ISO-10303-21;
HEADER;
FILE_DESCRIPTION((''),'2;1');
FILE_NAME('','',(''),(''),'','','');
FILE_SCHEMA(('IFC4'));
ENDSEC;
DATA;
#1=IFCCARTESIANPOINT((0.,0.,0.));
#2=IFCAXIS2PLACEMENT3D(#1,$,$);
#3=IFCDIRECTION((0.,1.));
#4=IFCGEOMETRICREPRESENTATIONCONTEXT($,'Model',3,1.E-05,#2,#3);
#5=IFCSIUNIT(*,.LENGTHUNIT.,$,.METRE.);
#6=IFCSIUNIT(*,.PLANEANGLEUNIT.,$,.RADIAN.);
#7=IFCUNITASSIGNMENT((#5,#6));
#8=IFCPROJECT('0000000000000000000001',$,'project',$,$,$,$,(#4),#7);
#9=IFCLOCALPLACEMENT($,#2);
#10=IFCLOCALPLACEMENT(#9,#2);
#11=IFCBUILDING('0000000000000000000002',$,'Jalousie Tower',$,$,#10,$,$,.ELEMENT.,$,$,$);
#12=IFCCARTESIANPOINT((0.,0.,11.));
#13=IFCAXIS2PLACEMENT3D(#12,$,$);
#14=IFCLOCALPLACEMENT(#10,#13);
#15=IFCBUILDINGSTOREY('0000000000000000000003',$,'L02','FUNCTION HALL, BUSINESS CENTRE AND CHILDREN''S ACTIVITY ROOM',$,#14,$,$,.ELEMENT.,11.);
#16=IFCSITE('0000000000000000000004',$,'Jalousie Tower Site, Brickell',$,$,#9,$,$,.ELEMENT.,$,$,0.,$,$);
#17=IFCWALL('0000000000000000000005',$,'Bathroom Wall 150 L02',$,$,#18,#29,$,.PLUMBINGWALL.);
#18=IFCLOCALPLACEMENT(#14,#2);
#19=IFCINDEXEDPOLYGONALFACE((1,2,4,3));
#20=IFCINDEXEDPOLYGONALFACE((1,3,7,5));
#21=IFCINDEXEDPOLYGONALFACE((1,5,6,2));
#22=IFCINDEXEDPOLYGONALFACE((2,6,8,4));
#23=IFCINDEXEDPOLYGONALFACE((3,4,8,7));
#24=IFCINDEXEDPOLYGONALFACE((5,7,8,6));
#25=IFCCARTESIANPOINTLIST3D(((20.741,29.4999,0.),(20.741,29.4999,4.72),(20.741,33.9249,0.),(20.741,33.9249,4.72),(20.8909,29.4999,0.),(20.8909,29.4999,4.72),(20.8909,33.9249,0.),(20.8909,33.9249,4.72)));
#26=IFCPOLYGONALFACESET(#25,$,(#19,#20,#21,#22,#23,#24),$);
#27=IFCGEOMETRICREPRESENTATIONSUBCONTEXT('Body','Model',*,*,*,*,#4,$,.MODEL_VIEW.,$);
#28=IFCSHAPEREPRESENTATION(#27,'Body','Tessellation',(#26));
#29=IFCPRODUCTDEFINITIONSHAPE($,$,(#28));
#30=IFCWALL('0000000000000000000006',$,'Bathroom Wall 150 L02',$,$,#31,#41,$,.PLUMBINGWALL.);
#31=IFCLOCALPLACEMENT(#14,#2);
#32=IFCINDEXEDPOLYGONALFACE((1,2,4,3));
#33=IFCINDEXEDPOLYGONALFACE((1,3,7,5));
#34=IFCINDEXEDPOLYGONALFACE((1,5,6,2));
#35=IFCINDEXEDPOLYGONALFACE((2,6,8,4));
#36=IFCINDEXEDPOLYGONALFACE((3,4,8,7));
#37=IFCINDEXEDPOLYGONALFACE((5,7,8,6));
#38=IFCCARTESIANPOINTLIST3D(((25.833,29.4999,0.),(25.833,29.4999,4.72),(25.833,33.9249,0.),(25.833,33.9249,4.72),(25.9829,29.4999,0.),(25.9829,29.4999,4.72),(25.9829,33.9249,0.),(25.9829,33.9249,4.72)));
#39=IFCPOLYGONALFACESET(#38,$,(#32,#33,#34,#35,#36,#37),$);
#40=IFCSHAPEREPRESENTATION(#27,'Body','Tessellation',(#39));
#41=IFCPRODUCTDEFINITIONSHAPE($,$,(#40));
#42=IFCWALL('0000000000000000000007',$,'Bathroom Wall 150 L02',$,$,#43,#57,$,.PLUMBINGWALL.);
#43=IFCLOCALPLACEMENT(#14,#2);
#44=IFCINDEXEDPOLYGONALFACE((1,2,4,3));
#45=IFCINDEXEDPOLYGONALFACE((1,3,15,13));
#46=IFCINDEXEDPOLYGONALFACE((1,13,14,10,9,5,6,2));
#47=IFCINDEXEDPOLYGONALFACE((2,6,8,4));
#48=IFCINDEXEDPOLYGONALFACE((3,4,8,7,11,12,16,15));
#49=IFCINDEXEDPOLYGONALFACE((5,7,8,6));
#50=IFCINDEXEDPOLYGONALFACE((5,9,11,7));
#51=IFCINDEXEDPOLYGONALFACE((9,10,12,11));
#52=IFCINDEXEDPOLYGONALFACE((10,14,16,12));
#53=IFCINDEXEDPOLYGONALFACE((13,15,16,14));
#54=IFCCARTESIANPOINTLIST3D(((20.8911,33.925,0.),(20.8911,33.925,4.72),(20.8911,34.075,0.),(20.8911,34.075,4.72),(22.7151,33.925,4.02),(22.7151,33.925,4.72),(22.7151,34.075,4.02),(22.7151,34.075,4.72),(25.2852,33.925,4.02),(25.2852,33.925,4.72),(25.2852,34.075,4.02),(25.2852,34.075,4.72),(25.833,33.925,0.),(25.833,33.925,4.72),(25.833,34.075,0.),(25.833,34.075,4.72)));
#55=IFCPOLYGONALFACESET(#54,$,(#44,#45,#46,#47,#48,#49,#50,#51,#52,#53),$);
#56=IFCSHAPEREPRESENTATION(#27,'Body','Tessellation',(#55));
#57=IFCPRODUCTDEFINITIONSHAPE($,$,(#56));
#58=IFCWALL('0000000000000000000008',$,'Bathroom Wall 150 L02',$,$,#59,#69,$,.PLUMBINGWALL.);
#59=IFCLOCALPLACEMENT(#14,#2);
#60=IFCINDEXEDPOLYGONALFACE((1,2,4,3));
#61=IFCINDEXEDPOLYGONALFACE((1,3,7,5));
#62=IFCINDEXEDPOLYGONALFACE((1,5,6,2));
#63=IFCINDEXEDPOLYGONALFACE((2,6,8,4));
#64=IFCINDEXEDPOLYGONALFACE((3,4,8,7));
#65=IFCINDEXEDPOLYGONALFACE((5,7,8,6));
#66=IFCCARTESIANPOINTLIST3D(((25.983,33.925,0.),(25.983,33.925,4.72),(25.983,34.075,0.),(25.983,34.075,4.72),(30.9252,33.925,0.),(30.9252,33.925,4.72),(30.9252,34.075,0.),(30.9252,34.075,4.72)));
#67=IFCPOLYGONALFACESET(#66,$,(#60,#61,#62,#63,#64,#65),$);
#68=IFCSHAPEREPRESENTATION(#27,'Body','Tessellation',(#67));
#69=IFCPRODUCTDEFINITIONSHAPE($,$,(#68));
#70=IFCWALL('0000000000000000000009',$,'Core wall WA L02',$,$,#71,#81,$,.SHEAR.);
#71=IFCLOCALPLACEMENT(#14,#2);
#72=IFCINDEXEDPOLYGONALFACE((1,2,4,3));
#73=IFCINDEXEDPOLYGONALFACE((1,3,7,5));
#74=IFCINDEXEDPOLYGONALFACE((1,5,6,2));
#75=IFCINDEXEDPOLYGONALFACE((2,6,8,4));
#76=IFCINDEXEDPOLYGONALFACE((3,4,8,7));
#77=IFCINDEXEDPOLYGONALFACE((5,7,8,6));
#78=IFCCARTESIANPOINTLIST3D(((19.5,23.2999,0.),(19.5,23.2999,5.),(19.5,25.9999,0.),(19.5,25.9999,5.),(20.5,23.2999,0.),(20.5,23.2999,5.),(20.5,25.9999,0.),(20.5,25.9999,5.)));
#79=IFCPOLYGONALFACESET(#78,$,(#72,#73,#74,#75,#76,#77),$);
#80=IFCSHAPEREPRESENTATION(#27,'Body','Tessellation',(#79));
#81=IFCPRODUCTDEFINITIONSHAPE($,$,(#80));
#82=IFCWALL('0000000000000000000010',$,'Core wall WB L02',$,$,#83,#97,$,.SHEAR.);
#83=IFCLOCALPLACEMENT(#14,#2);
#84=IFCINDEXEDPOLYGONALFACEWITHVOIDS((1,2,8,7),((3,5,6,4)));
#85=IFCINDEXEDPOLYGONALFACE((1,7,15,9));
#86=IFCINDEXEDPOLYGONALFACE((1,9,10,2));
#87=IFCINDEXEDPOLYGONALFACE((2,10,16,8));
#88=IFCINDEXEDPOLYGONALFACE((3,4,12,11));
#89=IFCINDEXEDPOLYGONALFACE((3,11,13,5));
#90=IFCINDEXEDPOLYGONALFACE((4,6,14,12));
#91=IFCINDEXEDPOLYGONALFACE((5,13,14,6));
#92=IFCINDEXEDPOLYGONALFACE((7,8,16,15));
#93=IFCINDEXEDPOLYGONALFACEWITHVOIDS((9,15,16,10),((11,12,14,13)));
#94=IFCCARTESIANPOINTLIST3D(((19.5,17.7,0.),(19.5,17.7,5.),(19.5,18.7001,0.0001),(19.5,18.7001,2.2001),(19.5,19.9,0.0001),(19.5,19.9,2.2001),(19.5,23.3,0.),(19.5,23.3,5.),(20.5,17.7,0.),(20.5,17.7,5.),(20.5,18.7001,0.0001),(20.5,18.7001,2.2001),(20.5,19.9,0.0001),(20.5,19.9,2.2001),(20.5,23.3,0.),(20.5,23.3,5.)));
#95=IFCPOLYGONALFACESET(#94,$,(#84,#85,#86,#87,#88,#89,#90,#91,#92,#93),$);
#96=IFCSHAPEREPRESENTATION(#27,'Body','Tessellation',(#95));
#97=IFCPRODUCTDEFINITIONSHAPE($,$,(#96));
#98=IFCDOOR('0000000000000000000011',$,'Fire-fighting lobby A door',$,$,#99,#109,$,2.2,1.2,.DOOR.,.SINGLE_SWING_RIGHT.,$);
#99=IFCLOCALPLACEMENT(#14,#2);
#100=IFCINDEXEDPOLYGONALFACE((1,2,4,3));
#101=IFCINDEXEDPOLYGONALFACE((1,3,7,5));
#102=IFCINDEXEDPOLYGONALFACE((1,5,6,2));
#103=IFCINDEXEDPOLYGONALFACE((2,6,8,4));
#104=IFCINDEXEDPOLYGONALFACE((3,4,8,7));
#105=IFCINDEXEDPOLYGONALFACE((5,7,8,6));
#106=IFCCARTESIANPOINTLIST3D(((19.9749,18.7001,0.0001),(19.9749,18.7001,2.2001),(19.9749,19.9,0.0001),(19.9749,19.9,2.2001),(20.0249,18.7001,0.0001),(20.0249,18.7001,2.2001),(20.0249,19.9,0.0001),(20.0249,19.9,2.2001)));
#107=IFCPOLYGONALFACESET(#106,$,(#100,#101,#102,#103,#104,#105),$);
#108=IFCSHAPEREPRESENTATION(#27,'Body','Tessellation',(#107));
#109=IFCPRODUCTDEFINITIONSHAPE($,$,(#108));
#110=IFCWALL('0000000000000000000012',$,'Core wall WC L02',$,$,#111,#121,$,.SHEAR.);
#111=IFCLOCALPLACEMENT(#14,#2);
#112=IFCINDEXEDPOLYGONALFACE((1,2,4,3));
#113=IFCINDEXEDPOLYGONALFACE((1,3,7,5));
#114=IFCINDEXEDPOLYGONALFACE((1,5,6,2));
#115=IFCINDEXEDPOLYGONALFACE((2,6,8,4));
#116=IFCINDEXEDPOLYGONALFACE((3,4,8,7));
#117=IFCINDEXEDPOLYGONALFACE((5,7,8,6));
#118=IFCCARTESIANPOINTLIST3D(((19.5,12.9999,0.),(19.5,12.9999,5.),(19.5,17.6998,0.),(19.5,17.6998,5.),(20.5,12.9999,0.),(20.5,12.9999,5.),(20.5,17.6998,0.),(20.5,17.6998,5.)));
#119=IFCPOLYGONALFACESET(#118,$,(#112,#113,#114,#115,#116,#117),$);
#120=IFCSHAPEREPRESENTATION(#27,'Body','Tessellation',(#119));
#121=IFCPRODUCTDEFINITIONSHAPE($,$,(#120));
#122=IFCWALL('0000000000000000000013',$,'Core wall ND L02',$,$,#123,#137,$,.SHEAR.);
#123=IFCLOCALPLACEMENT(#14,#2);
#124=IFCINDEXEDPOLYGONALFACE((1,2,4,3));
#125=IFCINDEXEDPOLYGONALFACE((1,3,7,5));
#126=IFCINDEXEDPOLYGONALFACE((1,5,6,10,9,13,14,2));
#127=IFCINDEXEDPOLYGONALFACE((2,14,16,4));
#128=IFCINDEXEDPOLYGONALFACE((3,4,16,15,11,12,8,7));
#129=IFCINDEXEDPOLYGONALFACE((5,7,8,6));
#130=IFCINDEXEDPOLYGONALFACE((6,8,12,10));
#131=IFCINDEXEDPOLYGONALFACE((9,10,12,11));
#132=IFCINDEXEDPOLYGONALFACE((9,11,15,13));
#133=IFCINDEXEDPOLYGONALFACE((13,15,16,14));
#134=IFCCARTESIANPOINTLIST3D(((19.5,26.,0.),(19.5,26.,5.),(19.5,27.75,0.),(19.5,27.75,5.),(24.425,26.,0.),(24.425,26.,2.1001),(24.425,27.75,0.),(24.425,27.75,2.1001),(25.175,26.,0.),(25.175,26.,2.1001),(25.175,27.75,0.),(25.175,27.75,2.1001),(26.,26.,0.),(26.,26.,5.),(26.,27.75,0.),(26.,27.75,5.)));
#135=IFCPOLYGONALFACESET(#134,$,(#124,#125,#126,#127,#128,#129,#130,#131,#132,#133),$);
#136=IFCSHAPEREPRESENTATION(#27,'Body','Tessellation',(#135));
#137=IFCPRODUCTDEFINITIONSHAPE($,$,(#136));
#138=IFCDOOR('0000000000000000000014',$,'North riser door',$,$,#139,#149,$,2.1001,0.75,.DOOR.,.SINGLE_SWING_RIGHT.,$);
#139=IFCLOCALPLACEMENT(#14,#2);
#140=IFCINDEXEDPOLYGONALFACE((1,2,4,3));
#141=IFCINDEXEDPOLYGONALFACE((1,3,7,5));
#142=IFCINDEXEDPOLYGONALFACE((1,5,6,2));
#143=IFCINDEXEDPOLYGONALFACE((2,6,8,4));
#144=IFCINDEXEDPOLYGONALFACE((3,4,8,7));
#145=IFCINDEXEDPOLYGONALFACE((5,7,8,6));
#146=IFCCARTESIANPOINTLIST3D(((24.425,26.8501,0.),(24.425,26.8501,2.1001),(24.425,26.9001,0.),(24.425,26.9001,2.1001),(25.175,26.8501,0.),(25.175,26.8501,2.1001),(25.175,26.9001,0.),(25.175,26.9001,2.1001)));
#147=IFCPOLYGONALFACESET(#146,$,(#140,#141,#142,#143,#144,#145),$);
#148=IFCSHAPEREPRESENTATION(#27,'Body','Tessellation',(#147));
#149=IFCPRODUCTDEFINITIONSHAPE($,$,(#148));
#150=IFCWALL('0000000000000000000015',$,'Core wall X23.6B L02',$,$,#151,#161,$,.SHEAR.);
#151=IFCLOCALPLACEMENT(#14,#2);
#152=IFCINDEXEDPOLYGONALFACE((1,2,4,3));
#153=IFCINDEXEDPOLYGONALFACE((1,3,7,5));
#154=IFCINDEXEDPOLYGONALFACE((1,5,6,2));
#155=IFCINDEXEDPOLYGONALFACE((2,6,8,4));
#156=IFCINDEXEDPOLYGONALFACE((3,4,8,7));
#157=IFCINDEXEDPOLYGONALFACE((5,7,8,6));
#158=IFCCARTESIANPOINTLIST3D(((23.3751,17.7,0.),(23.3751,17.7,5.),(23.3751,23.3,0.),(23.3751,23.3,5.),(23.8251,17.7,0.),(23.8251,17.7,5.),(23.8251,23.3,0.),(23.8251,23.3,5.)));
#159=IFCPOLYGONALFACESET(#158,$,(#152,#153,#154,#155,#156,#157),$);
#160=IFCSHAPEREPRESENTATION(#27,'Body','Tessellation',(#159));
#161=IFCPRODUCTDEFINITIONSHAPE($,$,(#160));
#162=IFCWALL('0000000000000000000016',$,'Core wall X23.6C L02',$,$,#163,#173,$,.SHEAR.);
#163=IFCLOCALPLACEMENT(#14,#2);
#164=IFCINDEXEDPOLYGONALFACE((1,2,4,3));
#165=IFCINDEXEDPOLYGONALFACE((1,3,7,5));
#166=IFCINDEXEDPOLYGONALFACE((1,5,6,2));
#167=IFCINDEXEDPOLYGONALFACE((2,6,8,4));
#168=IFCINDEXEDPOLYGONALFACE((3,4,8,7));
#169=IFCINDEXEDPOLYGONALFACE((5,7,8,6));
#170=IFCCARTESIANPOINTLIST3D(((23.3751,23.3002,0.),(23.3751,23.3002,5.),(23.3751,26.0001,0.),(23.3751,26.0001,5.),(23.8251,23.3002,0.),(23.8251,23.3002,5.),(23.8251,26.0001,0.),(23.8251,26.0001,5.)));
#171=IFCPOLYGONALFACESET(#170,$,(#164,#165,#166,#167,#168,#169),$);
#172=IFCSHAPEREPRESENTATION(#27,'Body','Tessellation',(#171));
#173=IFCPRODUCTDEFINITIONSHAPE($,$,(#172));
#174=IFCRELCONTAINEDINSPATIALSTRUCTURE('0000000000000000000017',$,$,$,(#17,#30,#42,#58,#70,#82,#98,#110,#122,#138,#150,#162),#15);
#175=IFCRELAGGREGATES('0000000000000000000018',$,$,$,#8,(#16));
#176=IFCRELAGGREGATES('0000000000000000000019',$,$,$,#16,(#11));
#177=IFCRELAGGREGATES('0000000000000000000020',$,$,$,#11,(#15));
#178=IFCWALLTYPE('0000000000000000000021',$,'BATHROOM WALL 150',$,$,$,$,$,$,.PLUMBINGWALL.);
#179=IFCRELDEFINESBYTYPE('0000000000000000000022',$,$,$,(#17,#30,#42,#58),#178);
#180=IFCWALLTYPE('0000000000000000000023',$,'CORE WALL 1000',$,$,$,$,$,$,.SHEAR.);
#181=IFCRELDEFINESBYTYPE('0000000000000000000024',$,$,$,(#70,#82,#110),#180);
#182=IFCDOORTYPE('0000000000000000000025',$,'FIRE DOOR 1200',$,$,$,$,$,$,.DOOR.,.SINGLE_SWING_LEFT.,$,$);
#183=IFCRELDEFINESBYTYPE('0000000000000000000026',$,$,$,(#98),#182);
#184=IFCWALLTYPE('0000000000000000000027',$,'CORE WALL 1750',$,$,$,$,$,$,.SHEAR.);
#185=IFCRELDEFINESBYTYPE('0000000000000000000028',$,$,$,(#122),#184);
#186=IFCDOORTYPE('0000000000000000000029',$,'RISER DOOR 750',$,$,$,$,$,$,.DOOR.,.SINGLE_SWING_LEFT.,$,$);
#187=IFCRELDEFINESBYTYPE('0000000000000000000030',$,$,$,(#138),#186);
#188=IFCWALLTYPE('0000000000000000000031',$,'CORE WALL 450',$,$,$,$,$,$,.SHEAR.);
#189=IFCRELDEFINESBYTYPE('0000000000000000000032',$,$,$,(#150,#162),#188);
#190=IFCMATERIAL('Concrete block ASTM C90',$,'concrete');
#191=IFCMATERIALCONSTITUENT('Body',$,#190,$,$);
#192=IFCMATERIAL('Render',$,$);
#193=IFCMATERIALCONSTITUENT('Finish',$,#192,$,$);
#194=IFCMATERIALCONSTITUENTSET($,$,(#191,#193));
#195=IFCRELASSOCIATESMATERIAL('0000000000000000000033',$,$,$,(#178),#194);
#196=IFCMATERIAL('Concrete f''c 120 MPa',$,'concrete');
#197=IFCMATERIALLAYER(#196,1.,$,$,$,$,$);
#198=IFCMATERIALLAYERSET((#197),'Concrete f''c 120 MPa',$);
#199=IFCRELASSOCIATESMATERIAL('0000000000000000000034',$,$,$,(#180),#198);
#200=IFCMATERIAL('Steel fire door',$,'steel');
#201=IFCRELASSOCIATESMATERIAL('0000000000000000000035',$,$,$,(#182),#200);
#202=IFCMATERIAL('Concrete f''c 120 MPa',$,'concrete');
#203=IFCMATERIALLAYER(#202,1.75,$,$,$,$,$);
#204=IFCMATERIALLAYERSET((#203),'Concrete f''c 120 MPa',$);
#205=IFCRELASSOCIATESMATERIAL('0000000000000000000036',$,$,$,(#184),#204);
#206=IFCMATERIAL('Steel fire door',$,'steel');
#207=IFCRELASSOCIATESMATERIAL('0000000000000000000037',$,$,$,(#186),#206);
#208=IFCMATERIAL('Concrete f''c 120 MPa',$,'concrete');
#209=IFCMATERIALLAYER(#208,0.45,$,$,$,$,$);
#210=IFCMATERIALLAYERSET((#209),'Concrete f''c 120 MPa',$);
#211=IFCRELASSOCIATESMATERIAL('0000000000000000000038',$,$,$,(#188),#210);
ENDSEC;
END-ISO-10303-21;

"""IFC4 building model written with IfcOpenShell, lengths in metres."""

from ifc_helpers import new_model, si_unit, direction, frame, frame_2d, origin, place, context, subcontext, project, spatial, polyline, rectangle, outline, extrude, material, layer, layer_set, constituent, constituent_set, type_object, element, fill, save


model = new_model("IFC4")

# Units and contexts
model_context = context("Model", 3, precision=1e-05, world=origin(), true_north=direction((0.0, 1.0)))
body_context = subcontext(model_context, "Body", "Model", "MODEL_VIEW")
ifc_project = project(units=[si_unit("LENGTHUNIT", "METRE"), si_unit("PLANEANGLEUNIT", "RADIAN")], contexts=[model_context])

# Site, building, storey
site_placement = place(None, origin())
site = spatial("IfcSite", under=ifc_project, at=site_placement, Name="Jalousie Tower Site, Brickell", CompositionType="ELEMENT", RefElevation=0.0)
building_placement = place(site_placement, origin())
building = spatial("IfcBuilding", under=site, at=building_placement, Name="Jalousie Tower", CompositionType="ELEMENT")
storey_placement = place(building_placement, frame((0.0, 0.0, 11.0)))
storey = spatial("IfcBuildingStorey", under=building, at=storey_placement, Name="L02", Description="FUNCTION HALL, BUSINESS CENTRE AND CHILDREN'S ACTIVITY ROOM", CompositionType="ELEMENT", Elevation=11.0)

# Walls
ifc_material_1 = material(Name="Concrete block ASTM C90", Category="concrete")
ifc_constituent_1 = constituent(ifc_material_1, Name="Body")
ifc_material_2 = material(Name="Render")
ifc_constituent_2 = constituent(ifc_material_2, Name="Finish")
ifc_constituent_set_1 = constituent_set(constituents=[ifc_constituent_1, ifc_constituent_2])
wall_type_1 = type_object("IfcWallType", Name="BATHROOM WALL 150", PredefinedType="PLUMBINGWALL", material=ifc_constituent_set_1)
for number, where, z_axis, x_axis, name in (
    (1, (20.8159, 29.5, 0.0), (0.0, 0.0, 1.0), (0.0, 1.0, 0.0), "Bathroom Wall 150 L02"),
    (2, (25.908, 29.5, 0.0), (0.0, 0.0, 1.0), (0.0, 1.0, 0.0), "Bathroom Wall 150 L02"),
):
    element("IfcWall", number, at=place(storey_placement, frame(where, z_axis=z_axis, x_axis=x_axis)), inside=storey, type_object=wall_type_1, Name=name, PredefinedType="PLUMBINGWALL", context=body_context, shape_type="SweptSolid", body=[
        extrude(rectangle(XDim=4.425, YDim=0.1499, at=frame_2d((2.2124, 0.0))), origin(), (0.0, 0.0, 1.0), 4.72),
    ])
wall_1_placement = place(storey_placement, frame((20.8911, 34.0, 0.0), z_axis=(0.0, 0.0, 1.0), x_axis=(1.0, 0.0, 0.0)))
element("IfcWall", 3, at=wall_1_placement, inside=storey, type_object=wall_type_1, Name="Bathroom Wall 150 L02", PredefinedType="PLUMBINGWALL", context=body_context, shape_type="SweptSolid", body=[
    extrude(outline(polyline([(0.0, 0.0), (4.9419, 0.0), (4.9419, 4.72), (4.394, 4.72), (4.394, 4.02), (1.824, 4.02), (1.824, 4.72), (0.0, 4.72), (0.0, 0.0)])), frame((0.0, 0.075, 0.0), z_axis=(0.0, -1.0, 0.0), x_axis=(1.0, 0.0, 0.0)), (0.0, 0.0, 1.0), 0.1499),
])
wall_2_placement = place(storey_placement, frame((25.9829, 34.0, 0.0), z_axis=(0.0, 0.0, 1.0), x_axis=(1.0, 0.0, 0.0)))
element("IfcWall", 4, at=wall_2_placement, inside=storey, type_object=wall_type_1, Name="Bathroom Wall 150 L02", PredefinedType="PLUMBINGWALL", context=body_context, shape_type="SweptSolid", body=[
    extrude(rectangle(XDim=4.9421, YDim=0.1499, at=frame_2d((2.4712, 0.0))), origin(), (0.0, 0.0, 1.0), 4.72),
])
ifc_material_3 = material(Name="Concrete f'c 120 MPa", Category="concrete")
ifc_layer_1 = layer(ifc_material_3, 1.0)
ifc_layer_set_1 = layer_set([ifc_layer_1], Name="Concrete f'c 120 MPa")
wall_type_2 = type_object("IfcWallType", Name="CORE WALL 1000", PredefinedType="SHEAR", material=ifc_layer_set_1)
wall_3_placement = place(storey_placement, frame((20.0, 26.0, 0.0), z_axis=(0.0, 0.0, 1.0), x_axis=(0.0, -1.0, 0.0)))
element("IfcWall", 5, at=wall_3_placement, inside=storey, type_object=wall_type_2, Name="Core wall WA L02", PredefinedType="SHEAR", context=body_context, shape_type="SweptSolid", body=[
    extrude(rectangle(XDim=2.7, YDim=1.0, at=frame_2d((1.3501, 0.0))), origin(), (0.0, 0.0, 1.0), 5.0),
])

# Wall, opening, door
wall_4_placement = place(storey_placement, frame((20.0, 23.3, 0.0), z_axis=(0.0, 0.0, 1.0), x_axis=(0.0, -1.0, 0.0)))
wall_4 = element("IfcWall", 6, at=wall_4_placement, inside=storey, type_object=wall_type_2, Name="Core wall WB L02", PredefinedType="SHEAR", context=body_context, shape_type="SweptSolid", body=[
    extrude(rectangle(XDim=5.6001, YDim=1.0, at=frame_2d((2.8, 0.0))), origin(), (0.0, 0.0, 1.0), 5.0),
])
opening_1_placement = place(wall_4_placement, frame((3.3999, 0.0, 0.0)))
opening_1 = element("IfcOpeningElement", 7, at=opening_1_placement, cuts=wall_4, PredefinedType="OPENING", context=body_context, shape_type="SweptSolid", body=[
    extrude(rectangle(XDim=1.2, YDim=2.2, at=frame_2d((0.6001, 1.1001))), frame((0.0, 0.51, 0.0), z_axis=(0.0, -1.0, 0.0), x_axis=(1.0, 0.0, 0.0)), (0.0, 0.0, 1.0), 1.02),
])
ifc_material_4 = material(Name="Steel fire door", Category="steel")
door_type_1 = type_object("IfcDoorType", Name="FIRE DOOR 1200", OperationType="SINGLE_SWING_LEFT", PredefinedType="DOOR", material=ifc_material_4)
door_1_placement = place(opening_1_placement, origin())
door_1 = element("IfcDoor", 8, at=door_1_placement, inside=storey, type_object=door_type_1, Name="Fire-fighting lobby A door", OperationType="SINGLE_SWING_RIGHT", OverallHeight=2.2, OverallWidth=1.2, PredefinedType="DOOR", context=body_context, shape_type="SweptSolid", body=[
    extrude(rectangle(XDim=1.2, YDim=2.2, at=frame_2d((0.6001, 1.1001))), frame((0.0, 0.0249, 0.0), z_axis=(0.0, -1.0, 0.0), x_axis=(1.0, 0.0, 0.0)), (0.0, 0.0, 1.0), 0.05),
])
fill(opening_1, door_1)

# Wall
wall_5_placement = place(storey_placement, frame((20.0, 17.7, 0.0), z_axis=(0.0, 0.0, 1.0), x_axis=(0.0, -1.0, 0.0)))
element("IfcWall", 9, at=wall_5_placement, inside=storey, type_object=wall_type_2, Name="Core wall WC L02", PredefinedType="SHEAR", context=body_context, shape_type="SweptSolid", body=[
    extrude(rectangle(XDim=4.7, YDim=1.0, at=frame_2d((2.3501, 0.0))), origin(), (0.0, 0.0, 1.0), 5.0),
])

# Wall, opening, door
ifc_material_5 = material(Name="Concrete f'c 120 MPa", Category="concrete")
ifc_layer_2 = layer(ifc_material_5, 1.75)
ifc_layer_set_2 = layer_set([ifc_layer_2], Name="Concrete f'c 120 MPa")
wall_type_3 = type_object("IfcWallType", Name="CORE WALL 1750", PredefinedType="SHEAR", material=ifc_layer_set_2)
wall_6_placement = place(storey_placement, frame((26.0, 26.875, 0.0), z_axis=(0.0, 0.0, 1.0), x_axis=(-1.0, 0.0, 0.0)))
wall_6 = element("IfcWall", 10, at=wall_6_placement, inside=storey, type_object=wall_type_3, Name="Core wall ND L02", PredefinedType="SHEAR", context=body_context, shape_type="SweptSolid", body=[
    extrude(rectangle(XDim=6.5, YDim=1.75, at=frame_2d((3.25, 0.0))), origin(), (0.0, 0.0, 1.0), 5.0),
])
opening_2_placement = place(wall_6_placement, frame((0.825, 0.0, 0.0)))
opening_2 = element("IfcOpeningElement", 11, at=opening_2_placement, cuts=wall_6, PredefinedType="OPENING", context=body_context, shape_type="SweptSolid", body=[
    extrude(rectangle(XDim=0.75, YDim=2.1001, at=frame_2d((0.375, 1.05))), frame((0.0, 0.885, 0.0), z_axis=(0.0, -1.0, 0.0), x_axis=(1.0, 0.0, 0.0)), (0.0, 0.0, 1.0), 1.77),
])
ifc_material_6 = material(Name="Steel fire door", Category="steel")
door_type_2 = type_object("IfcDoorType", Name="RISER DOOR 750", OperationType="SINGLE_SWING_LEFT", PredefinedType="DOOR", material=ifc_material_6)
door_2_placement = place(opening_2_placement, origin())
door_2 = element("IfcDoor", 12, at=door_2_placement, inside=storey, type_object=door_type_2, Name="North riser door", OperationType="SINGLE_SWING_RIGHT", OverallHeight=2.1001, OverallWidth=0.75, PredefinedType="DOOR", context=body_context, shape_type="SweptSolid", body=[
    extrude(rectangle(XDim=0.75, YDim=2.1001, at=frame_2d((0.375, 1.05))), frame((0.0, 0.0249, 0.0), z_axis=(0.0, -1.0, 0.0), x_axis=(1.0, 0.0, 0.0)), (0.0, 0.0, 1.0), 0.05),
])
fill(opening_2, door_2)

# Walls
ifc_material_7 = material(Name="Concrete f'c 120 MPa", Category="concrete")
ifc_layer_3 = layer(ifc_material_7, 0.45)
ifc_layer_set_3 = layer_set([ifc_layer_3], Name="Concrete f'c 120 MPa")
wall_type_4 = type_object("IfcWallType", Name="CORE WALL 450", PredefinedType="SHEAR", material=ifc_layer_set_3)
wall_7_placement = place(storey_placement, frame((23.6001, 17.7, 0.0), z_axis=(0.0, 0.0, 1.0), x_axis=(0.0, 1.0, 0.0)))
element("IfcWall", 13, at=wall_7_placement, inside=storey, type_object=wall_type_4, Name="Core wall X23.6B L02", PredefinedType="SHEAR", context=body_context, shape_type="SweptSolid", body=[
    extrude(rectangle(XDim=5.6001, YDim=0.45, at=frame_2d((2.8, 0.0))), origin(), (0.0, 0.0, 1.0), 5.0),
])
wall_8_placement = place(storey_placement, frame((23.6001, 23.3, 0.0), z_axis=(0.0, 0.0, 1.0), x_axis=(0.0, 1.0, 0.0)))
element("IfcWall", 14, at=wall_8_placement, inside=storey, type_object=wall_type_4, Name="Core wall X23.6C L02", PredefinedType="SHEAR", context=body_context, shape_type="SweptSolid", body=[
    extrude(rectangle(XDim=2.7, YDim=0.45, at=frame_2d((1.3501, 0.0))), origin(), (0.0, 0.0, 1.0), 5.0),
])

save(model, "model.ifc")
